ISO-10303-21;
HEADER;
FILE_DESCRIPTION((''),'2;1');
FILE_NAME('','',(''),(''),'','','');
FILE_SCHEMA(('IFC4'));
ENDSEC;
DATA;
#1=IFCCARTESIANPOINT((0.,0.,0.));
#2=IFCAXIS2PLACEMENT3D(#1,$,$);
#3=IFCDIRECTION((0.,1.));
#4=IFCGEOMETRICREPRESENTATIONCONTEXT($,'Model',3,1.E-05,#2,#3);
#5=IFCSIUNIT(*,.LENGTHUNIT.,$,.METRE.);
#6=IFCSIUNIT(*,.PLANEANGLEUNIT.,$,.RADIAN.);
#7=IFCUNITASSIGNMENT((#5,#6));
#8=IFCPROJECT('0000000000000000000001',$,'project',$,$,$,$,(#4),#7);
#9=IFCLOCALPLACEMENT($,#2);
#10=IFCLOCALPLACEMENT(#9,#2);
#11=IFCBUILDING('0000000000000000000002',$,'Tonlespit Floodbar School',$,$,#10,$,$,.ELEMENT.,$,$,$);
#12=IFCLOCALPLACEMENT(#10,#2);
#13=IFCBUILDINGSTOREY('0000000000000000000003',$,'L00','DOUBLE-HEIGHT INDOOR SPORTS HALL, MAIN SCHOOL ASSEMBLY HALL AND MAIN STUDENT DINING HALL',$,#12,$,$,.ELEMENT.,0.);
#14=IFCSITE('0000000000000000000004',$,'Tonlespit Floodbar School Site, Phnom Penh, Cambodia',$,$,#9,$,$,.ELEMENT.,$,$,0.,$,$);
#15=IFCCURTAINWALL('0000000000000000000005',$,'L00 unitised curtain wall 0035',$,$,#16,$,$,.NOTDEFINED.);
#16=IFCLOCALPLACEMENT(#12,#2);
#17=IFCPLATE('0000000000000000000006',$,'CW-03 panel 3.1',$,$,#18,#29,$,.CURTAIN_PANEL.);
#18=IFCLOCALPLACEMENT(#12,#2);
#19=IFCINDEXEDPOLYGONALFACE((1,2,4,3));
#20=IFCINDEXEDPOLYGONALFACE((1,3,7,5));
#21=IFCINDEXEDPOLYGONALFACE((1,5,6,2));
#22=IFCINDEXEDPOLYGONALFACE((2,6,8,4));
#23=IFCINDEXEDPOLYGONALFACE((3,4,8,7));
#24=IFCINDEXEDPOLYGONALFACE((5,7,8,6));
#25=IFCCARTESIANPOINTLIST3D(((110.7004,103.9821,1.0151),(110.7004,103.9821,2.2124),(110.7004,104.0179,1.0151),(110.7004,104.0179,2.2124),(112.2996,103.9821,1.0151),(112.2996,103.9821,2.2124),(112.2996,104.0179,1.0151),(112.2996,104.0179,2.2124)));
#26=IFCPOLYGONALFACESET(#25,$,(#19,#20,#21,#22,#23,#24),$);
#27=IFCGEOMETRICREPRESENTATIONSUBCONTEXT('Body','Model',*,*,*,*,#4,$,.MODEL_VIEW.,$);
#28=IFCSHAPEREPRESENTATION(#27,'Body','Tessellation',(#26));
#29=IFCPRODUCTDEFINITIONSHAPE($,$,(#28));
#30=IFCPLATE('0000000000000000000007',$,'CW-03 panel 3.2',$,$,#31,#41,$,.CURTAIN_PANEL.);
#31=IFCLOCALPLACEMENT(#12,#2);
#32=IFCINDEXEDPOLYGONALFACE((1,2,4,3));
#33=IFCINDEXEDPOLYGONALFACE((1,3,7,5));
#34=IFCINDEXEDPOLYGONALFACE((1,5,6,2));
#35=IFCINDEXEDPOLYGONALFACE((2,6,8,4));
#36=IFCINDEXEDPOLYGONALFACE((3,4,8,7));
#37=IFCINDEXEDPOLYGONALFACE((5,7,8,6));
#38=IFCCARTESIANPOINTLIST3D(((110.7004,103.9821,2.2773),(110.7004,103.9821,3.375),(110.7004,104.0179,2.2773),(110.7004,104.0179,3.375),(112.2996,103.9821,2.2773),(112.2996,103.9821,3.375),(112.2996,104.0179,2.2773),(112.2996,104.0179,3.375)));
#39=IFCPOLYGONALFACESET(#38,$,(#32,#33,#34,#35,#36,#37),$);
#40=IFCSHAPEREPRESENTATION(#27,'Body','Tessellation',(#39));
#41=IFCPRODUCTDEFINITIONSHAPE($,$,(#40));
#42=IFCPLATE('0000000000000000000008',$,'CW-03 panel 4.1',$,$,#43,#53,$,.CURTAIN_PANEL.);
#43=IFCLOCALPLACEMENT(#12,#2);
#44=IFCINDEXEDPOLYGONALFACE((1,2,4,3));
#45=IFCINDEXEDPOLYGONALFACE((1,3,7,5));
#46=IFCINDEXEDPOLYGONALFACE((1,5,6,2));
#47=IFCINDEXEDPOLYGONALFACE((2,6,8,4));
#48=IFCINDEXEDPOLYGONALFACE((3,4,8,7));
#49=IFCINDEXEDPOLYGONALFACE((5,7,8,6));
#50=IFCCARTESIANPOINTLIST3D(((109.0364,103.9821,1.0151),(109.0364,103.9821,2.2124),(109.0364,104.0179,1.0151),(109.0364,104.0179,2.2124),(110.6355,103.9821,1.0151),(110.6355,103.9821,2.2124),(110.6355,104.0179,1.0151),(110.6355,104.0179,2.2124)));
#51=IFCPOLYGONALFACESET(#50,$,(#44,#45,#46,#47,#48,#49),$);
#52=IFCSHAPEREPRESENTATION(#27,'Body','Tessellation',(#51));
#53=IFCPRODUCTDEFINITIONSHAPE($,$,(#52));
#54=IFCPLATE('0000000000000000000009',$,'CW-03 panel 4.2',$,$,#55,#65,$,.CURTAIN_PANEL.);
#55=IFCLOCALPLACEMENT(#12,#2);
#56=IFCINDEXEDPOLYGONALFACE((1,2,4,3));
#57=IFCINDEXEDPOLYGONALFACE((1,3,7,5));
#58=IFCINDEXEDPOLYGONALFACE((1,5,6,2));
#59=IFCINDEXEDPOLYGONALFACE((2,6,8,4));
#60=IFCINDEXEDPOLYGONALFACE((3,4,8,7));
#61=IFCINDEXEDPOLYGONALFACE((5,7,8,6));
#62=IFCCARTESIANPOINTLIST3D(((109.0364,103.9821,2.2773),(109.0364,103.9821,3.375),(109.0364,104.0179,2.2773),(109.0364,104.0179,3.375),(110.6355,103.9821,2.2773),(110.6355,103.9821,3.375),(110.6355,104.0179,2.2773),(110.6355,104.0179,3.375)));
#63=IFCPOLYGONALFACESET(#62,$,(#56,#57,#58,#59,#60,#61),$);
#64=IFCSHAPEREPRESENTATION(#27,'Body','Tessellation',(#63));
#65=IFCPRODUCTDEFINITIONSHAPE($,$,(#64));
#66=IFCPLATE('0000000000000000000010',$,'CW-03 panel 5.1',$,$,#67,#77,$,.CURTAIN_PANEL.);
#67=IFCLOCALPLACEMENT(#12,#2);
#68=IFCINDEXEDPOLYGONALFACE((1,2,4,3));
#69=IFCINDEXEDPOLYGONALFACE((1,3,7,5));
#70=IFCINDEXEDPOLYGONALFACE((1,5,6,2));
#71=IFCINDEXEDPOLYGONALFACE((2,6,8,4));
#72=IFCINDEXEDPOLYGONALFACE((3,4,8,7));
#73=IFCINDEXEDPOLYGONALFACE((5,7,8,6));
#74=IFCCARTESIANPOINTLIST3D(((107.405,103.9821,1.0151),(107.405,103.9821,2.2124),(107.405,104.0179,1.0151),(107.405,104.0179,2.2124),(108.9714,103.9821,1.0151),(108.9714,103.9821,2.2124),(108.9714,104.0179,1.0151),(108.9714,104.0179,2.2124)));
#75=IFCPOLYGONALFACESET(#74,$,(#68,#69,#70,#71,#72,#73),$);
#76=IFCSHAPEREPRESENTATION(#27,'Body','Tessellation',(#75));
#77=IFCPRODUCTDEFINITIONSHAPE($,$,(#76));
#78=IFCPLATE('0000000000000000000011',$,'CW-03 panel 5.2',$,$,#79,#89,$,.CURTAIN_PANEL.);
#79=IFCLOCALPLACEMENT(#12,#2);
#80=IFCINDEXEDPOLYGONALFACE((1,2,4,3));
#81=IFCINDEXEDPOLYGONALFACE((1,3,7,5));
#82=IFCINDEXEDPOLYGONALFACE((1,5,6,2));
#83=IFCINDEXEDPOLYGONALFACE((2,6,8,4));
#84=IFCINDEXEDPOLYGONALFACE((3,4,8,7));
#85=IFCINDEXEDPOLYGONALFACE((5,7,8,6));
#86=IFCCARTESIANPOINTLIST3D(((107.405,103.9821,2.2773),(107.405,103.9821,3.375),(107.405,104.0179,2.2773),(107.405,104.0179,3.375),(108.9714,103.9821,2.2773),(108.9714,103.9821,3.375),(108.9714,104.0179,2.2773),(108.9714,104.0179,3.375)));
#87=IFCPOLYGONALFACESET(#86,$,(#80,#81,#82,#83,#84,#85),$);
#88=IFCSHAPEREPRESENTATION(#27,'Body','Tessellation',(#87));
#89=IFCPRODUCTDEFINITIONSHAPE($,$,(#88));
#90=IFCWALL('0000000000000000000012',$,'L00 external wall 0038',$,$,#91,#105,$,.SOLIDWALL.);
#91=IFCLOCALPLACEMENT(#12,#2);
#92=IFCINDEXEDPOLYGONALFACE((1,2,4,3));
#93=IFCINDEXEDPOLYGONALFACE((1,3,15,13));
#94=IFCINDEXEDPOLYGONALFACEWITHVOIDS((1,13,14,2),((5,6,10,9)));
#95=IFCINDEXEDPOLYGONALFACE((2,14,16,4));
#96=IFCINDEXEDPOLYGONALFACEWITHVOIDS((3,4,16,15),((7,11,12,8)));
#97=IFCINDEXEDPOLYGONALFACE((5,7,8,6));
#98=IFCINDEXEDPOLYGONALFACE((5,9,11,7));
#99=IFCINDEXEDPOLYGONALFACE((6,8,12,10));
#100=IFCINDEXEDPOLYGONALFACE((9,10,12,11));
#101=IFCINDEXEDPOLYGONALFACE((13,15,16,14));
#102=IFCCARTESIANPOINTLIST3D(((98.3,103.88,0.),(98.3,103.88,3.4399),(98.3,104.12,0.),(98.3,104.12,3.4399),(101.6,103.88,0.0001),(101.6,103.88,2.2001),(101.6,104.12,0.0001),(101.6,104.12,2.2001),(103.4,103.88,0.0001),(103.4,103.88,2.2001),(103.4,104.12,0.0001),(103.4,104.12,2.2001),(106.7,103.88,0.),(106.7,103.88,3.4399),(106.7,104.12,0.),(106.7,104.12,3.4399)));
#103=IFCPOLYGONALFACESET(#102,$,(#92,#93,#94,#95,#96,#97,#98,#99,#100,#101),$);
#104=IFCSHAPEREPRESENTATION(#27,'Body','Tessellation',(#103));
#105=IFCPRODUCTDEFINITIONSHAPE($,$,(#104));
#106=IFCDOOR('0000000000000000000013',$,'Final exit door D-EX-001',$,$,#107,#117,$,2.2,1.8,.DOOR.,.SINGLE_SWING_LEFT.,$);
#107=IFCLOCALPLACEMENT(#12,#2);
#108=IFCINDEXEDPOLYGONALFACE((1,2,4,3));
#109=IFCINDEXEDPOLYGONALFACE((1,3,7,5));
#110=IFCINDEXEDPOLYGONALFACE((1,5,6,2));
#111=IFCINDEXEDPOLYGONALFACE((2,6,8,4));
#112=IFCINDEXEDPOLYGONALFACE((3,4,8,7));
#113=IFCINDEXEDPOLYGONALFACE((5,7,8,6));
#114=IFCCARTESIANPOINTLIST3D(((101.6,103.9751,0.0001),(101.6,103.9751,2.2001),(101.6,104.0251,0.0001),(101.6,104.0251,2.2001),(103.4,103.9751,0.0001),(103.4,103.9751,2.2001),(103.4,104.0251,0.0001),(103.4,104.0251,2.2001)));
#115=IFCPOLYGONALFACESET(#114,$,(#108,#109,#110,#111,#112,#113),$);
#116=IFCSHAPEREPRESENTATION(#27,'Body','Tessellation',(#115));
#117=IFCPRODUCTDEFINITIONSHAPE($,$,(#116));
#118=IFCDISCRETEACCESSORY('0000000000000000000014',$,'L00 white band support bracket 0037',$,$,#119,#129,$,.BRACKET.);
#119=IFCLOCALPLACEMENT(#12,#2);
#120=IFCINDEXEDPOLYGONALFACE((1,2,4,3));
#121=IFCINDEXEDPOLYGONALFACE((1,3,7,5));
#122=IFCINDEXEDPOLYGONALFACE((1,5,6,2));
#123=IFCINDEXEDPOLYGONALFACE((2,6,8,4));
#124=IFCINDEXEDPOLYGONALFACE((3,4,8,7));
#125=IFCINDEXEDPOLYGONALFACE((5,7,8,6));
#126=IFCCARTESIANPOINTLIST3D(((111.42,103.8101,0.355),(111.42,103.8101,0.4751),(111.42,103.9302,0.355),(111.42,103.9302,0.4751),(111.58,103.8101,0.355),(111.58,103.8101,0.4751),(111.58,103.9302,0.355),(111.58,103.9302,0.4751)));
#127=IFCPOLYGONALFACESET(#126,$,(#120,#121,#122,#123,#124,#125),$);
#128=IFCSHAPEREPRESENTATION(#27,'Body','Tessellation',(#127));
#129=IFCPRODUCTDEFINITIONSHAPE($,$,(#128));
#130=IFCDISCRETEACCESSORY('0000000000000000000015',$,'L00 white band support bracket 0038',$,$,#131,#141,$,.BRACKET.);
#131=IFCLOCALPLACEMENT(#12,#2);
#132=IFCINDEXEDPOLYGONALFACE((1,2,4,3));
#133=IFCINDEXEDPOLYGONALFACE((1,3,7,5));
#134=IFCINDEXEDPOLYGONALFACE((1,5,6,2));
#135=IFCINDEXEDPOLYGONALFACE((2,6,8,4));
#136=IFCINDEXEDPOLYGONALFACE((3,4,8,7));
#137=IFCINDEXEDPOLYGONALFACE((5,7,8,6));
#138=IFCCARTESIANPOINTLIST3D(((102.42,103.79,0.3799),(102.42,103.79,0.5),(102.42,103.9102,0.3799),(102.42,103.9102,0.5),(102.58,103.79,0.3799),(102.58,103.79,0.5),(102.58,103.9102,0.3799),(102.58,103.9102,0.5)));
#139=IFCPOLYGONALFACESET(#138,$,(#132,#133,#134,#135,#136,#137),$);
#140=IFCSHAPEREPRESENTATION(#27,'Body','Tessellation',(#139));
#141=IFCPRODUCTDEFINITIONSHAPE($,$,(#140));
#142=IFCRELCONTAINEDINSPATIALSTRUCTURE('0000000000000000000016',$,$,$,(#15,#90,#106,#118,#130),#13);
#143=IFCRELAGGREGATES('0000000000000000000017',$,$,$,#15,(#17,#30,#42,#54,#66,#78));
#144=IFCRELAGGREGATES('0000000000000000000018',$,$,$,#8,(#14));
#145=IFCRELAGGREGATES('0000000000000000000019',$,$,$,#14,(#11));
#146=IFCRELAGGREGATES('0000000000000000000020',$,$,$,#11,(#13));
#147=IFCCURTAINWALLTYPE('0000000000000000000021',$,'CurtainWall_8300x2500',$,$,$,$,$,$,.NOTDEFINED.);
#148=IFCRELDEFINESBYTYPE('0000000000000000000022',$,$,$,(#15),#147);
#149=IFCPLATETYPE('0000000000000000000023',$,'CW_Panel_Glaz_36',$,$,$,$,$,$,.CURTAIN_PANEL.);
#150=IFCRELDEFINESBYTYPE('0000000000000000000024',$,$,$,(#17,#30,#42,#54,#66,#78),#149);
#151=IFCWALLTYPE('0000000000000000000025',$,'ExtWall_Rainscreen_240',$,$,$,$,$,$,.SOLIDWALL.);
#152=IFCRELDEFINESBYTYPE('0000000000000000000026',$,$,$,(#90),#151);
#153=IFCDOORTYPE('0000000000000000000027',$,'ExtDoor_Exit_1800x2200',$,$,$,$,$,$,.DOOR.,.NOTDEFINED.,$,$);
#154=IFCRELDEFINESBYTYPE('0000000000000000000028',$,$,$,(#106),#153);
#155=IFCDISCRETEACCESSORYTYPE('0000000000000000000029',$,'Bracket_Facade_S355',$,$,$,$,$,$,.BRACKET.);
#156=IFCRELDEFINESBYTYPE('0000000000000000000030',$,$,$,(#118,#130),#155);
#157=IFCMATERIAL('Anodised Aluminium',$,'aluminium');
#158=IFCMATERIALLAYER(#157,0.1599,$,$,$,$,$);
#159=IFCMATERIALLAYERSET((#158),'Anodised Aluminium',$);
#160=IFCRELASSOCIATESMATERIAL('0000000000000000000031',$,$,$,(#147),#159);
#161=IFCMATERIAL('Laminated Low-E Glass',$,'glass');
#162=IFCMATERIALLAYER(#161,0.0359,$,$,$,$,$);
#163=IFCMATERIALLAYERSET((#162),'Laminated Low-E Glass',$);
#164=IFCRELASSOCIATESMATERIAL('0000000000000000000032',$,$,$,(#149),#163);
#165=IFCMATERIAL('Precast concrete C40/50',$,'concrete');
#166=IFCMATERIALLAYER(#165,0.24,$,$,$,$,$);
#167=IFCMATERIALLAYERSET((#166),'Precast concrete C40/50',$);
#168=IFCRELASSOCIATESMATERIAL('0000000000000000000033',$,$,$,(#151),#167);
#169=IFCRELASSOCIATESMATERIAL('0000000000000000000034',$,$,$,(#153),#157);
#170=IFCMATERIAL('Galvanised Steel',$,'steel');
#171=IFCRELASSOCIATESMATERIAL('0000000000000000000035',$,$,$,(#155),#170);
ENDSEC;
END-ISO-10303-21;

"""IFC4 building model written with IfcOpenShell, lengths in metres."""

from ifc_helpers import new_model, si_unit, direction, frame, frame_2d, origin, origin_2d, place, context, subcontext, project, spatial, rectangle, extrude, material, layer, layer_set, type_object, element, fill, aggregate, save


model = new_model("IFC4")

# Units and contexts
model_context = context("Model", 3, precision=1e-05, world=origin(), true_north=direction((0.0, 1.0)))
body_context = subcontext(model_context, "Body", "Model", "MODEL_VIEW")
ifc_project = project(units=[si_unit("LENGTHUNIT", "METRE"), si_unit("PLANEANGLEUNIT", "RADIAN")], contexts=[model_context])

# Site, building, storey
site_placement = place(None, origin())
site = spatial("IfcSite", under=ifc_project, at=site_placement, Name="Tonlespit Floodbar School Site, Phnom Penh, Cambodia", CompositionType="ELEMENT", RefElevation=0.0)
building_placement = place(site_placement, origin())
building = spatial("IfcBuilding", under=site, at=building_placement, Name="Tonlespit Floodbar School", CompositionType="ELEMENT")
storey_placement = place(building_placement, origin())
storey = spatial("IfcBuildingStorey", under=building, at=storey_placement, Name="L00", Description="DOUBLE-HEIGHT INDOOR SPORTS HALL, MAIN SCHOOL ASSEMBLY HALL AND MAIN STUDENT DINING HALL", CompositionType="ELEMENT", Elevation=0.0)

# Curtain wall, plates
ifc_material_1 = material(Name="Anodised Aluminium", Category="aluminium")
ifc_layer_1 = layer(ifc_material_1, 0.1599)
ifc_layer_set_1 = layer_set([ifc_layer_1], Name="Anodised Aluminium")
curtain_wall_type = type_object("IfcCurtainWallType", Name="CurtainWall_8300x2500", PredefinedType="NOTDEFINED", material=ifc_layer_set_1)
curtain_wall_placement = place(storey_placement, origin())
curtain_wall = element("IfcCurtainWall", 1, at=curtain_wall_placement, inside=storey, type_object=curtain_wall_type, Name="L00 unitised curtain wall 0035", PredefinedType="NOTDEFINED")
ifc_material_2 = material(Name="Laminated Low-E Glass", Category="glass")
ifc_layer_2 = layer(ifc_material_2, 0.0359)
ifc_layer_set_2 = layer_set([ifc_layer_2], Name="Laminated Low-E Glass")
plate_type = type_object("IfcPlateType", Name="CW_Panel_Glaz_36", PredefinedType="CURTAIN_PANEL", material=ifc_layer_set_2)
plate_1_placement = place(storey_placement, frame((111.5, 104.0, 1.0151), z_axis=(0.0, 0.0, 1.0), x_axis=(-1.0, 0.0, 0.0)))
plate_1 = element("IfcPlate", 2, at=plate_1_placement, type_object=plate_type, Name="CW-03 panel 3.1", PredefinedType="CURTAIN_PANEL", context=body_context, shape_type="SweptSolid", body=[
    extrude(rectangle(XDim=1.5991, YDim=0.0359, at=origin_2d()), origin(), (0.0, 0.0, 1.0), 1.1973),
])
plate_2_placement = place(storey_placement, frame((111.5, 104.0, 2.2773), z_axis=(0.0, 0.0, 1.0), x_axis=(-1.0, 0.0, 0.0)))
plate_2 = element("IfcPlate", 3, at=plate_2_placement, type_object=plate_type, Name="CW-03 panel 3.2", PredefinedType="CURTAIN_PANEL", context=body_context, shape_type="SweptSolid", body=[
    extrude(rectangle(XDim=1.5991, YDim=0.0359, at=origin_2d()), origin(), (0.0, 0.0, 1.0), 1.0977),
])
plate_3_placement = place(storey_placement, frame((109.8359, 104.0, 1.0151), z_axis=(0.0, 0.0, 1.0), x_axis=(-1.0, 0.0, 0.0)))
plate_3 = element("IfcPlate", 4, at=plate_3_placement, type_object=plate_type, Name="CW-03 panel 4.1", PredefinedType="CURTAIN_PANEL", context=body_context, shape_type="SweptSolid", body=[
    extrude(rectangle(XDim=1.5991, YDim=0.0359, at=origin_2d()), origin(), (0.0, 0.0, 1.0), 1.1973),
])
plate_4_placement = place(storey_placement, frame((109.8359, 104.0, 2.2773), z_axis=(0.0, 0.0, 1.0), x_axis=(-1.0, 0.0, 0.0)))
plate_4 = element("IfcPlate", 5, at=plate_4_placement, type_object=plate_type, Name="CW-03 panel 4.2", PredefinedType="CURTAIN_PANEL", context=body_context, shape_type="SweptSolid", body=[
    extrude(rectangle(XDim=1.5991, YDim=0.0359, at=origin_2d()), origin(), (0.0, 0.0, 1.0), 1.0977),
])
plate_5_placement = place(storey_placement, frame((108.1882, 104.0, 1.0151), z_axis=(0.0, 0.0, 1.0), x_axis=(-1.0, 0.0, 0.0)))
plate_5 = element("IfcPlate", 6, at=plate_5_placement, type_object=plate_type, Name="CW-03 panel 5.1", PredefinedType="CURTAIN_PANEL", context=body_context, shape_type="SweptSolid", body=[
    extrude(rectangle(XDim=1.5664, YDim=0.0359, at=origin_2d()), origin(), (0.0, 0.0, 1.0), 1.1973),
])
plate_6_placement = place(storey_placement, frame((108.1882, 104.0, 2.2773), z_axis=(0.0, 0.0, 1.0), x_axis=(-1.0, 0.0, 0.0)))
plate_6 = element("IfcPlate", 7, at=plate_6_placement, type_object=plate_type, Name="CW-03 panel 5.2", PredefinedType="CURTAIN_PANEL", context=body_context, shape_type="SweptSolid", body=[
    extrude(rectangle(XDim=1.5664, YDim=0.0359, at=origin_2d()), origin(), (0.0, 0.0, 1.0), 1.0977),
])
aggregate(curtain_wall, [plate_1, plate_2, plate_3, plate_4, plate_5, plate_6])

# Wall, opening, door
ifc_material_3 = material(Name="Precast concrete C40/50", Category="concrete")
ifc_layer_3 = layer(ifc_material_3, 0.24)
ifc_layer_set_3 = layer_set([ifc_layer_3], Name="Precast concrete C40/50")
wall_type = type_object("IfcWallType", Name="ExtWall_Rainscreen_240", PredefinedType="SOLIDWALL", material=ifc_layer_set_3)
wall_placement = place(storey_placement, frame((106.7, 104.0, 0.0), z_axis=(0.0, 0.0, 1.0), x_axis=(-1.0, 0.0, 0.0)))
wall = element("IfcWall", 8, at=wall_placement, inside=storey, type_object=wall_type, Name="L00 external wall 0038", PredefinedType="SOLIDWALL", context=body_context, shape_type="SweptSolid", body=[
    extrude(rectangle(XDim=8.3999, YDim=0.24, at=frame_2d((4.2, 0.0))), origin(), (0.0, 0.0, 1.0), 3.4399),
])
opening_placement = place(wall_placement, frame((3.3, 0.0, 0.0)))
opening = element("IfcOpeningElement", 9, at=opening_placement, cuts=wall, PredefinedType="OPENING", context=body_context, shape_type="SweptSolid", body=[
    extrude(rectangle(XDim=1.8, YDim=2.2, at=frame_2d((0.8999, 1.1001))), frame((0.0, 0.1299, 0.0), z_axis=(0.0, -1.0, 0.0), x_axis=(1.0, 0.0, 0.0)), (0.0, 0.0, 1.0), 0.26),
])
door_type = type_object("IfcDoorType", Name="ExtDoor_Exit_1800x2200", OperationType="NOTDEFINED", PredefinedType="DOOR", material=ifc_material_1)
door_placement = place(opening_placement, origin())
door = element("IfcDoor", 10, at=door_placement, inside=storey, type_object=door_type, Name="Final exit door D-EX-001", OperationType="SINGLE_SWING_LEFT", OverallHeight=2.2, OverallWidth=1.8, PredefinedType="DOOR", context=body_context, shape_type="SweptSolid", body=[
    extrude(rectangle(XDim=1.8, YDim=2.2, at=frame_2d((0.8999, 1.1001))), frame((0.0, 0.0249, 0.0), z_axis=(0.0, -1.0, 0.0), x_axis=(1.0, 0.0, 0.0)), (0.0, 0.0, 1.0), 0.05),
])
fill(opening, door)

# Discrete accessories
ifc_material_4 = material(Name="Galvanised Steel", Category="steel")
discrete_accessory_type = type_object("IfcDiscreteAccessoryType", Name="Bracket_Facade_S355", PredefinedType="BRACKET", material=ifc_material_4)
for number, where, z_axis, x_axis, name in (
    (11, (111.5, 103.8701, 0.355), (0.0, 0.0, 1.0), (-1.0, 0.0, 0.0), "L00 white band support bracket 0037"),
    (12, (102.5, 103.8501, 0.3799), (0.0, 0.0, 1.0), (-1.0, 0.0, 0.0), "L00 white band support bracket 0038"),
):
    element("IfcDiscreteAccessory", number, at=place(storey_placement, frame(where, z_axis=z_axis, x_axis=x_axis)), inside=storey, type_object=discrete_accessory_type, Name=name, PredefinedType="BRACKET", context=body_context, shape_type="SweptSolid", body=[
        extrude(rectangle(XDim=0.1599, YDim=0.1201, at=origin_2d()), origin(), (0.0, 0.0, 1.0), 0.1201),
    ])

save(model, "model.ifc")
